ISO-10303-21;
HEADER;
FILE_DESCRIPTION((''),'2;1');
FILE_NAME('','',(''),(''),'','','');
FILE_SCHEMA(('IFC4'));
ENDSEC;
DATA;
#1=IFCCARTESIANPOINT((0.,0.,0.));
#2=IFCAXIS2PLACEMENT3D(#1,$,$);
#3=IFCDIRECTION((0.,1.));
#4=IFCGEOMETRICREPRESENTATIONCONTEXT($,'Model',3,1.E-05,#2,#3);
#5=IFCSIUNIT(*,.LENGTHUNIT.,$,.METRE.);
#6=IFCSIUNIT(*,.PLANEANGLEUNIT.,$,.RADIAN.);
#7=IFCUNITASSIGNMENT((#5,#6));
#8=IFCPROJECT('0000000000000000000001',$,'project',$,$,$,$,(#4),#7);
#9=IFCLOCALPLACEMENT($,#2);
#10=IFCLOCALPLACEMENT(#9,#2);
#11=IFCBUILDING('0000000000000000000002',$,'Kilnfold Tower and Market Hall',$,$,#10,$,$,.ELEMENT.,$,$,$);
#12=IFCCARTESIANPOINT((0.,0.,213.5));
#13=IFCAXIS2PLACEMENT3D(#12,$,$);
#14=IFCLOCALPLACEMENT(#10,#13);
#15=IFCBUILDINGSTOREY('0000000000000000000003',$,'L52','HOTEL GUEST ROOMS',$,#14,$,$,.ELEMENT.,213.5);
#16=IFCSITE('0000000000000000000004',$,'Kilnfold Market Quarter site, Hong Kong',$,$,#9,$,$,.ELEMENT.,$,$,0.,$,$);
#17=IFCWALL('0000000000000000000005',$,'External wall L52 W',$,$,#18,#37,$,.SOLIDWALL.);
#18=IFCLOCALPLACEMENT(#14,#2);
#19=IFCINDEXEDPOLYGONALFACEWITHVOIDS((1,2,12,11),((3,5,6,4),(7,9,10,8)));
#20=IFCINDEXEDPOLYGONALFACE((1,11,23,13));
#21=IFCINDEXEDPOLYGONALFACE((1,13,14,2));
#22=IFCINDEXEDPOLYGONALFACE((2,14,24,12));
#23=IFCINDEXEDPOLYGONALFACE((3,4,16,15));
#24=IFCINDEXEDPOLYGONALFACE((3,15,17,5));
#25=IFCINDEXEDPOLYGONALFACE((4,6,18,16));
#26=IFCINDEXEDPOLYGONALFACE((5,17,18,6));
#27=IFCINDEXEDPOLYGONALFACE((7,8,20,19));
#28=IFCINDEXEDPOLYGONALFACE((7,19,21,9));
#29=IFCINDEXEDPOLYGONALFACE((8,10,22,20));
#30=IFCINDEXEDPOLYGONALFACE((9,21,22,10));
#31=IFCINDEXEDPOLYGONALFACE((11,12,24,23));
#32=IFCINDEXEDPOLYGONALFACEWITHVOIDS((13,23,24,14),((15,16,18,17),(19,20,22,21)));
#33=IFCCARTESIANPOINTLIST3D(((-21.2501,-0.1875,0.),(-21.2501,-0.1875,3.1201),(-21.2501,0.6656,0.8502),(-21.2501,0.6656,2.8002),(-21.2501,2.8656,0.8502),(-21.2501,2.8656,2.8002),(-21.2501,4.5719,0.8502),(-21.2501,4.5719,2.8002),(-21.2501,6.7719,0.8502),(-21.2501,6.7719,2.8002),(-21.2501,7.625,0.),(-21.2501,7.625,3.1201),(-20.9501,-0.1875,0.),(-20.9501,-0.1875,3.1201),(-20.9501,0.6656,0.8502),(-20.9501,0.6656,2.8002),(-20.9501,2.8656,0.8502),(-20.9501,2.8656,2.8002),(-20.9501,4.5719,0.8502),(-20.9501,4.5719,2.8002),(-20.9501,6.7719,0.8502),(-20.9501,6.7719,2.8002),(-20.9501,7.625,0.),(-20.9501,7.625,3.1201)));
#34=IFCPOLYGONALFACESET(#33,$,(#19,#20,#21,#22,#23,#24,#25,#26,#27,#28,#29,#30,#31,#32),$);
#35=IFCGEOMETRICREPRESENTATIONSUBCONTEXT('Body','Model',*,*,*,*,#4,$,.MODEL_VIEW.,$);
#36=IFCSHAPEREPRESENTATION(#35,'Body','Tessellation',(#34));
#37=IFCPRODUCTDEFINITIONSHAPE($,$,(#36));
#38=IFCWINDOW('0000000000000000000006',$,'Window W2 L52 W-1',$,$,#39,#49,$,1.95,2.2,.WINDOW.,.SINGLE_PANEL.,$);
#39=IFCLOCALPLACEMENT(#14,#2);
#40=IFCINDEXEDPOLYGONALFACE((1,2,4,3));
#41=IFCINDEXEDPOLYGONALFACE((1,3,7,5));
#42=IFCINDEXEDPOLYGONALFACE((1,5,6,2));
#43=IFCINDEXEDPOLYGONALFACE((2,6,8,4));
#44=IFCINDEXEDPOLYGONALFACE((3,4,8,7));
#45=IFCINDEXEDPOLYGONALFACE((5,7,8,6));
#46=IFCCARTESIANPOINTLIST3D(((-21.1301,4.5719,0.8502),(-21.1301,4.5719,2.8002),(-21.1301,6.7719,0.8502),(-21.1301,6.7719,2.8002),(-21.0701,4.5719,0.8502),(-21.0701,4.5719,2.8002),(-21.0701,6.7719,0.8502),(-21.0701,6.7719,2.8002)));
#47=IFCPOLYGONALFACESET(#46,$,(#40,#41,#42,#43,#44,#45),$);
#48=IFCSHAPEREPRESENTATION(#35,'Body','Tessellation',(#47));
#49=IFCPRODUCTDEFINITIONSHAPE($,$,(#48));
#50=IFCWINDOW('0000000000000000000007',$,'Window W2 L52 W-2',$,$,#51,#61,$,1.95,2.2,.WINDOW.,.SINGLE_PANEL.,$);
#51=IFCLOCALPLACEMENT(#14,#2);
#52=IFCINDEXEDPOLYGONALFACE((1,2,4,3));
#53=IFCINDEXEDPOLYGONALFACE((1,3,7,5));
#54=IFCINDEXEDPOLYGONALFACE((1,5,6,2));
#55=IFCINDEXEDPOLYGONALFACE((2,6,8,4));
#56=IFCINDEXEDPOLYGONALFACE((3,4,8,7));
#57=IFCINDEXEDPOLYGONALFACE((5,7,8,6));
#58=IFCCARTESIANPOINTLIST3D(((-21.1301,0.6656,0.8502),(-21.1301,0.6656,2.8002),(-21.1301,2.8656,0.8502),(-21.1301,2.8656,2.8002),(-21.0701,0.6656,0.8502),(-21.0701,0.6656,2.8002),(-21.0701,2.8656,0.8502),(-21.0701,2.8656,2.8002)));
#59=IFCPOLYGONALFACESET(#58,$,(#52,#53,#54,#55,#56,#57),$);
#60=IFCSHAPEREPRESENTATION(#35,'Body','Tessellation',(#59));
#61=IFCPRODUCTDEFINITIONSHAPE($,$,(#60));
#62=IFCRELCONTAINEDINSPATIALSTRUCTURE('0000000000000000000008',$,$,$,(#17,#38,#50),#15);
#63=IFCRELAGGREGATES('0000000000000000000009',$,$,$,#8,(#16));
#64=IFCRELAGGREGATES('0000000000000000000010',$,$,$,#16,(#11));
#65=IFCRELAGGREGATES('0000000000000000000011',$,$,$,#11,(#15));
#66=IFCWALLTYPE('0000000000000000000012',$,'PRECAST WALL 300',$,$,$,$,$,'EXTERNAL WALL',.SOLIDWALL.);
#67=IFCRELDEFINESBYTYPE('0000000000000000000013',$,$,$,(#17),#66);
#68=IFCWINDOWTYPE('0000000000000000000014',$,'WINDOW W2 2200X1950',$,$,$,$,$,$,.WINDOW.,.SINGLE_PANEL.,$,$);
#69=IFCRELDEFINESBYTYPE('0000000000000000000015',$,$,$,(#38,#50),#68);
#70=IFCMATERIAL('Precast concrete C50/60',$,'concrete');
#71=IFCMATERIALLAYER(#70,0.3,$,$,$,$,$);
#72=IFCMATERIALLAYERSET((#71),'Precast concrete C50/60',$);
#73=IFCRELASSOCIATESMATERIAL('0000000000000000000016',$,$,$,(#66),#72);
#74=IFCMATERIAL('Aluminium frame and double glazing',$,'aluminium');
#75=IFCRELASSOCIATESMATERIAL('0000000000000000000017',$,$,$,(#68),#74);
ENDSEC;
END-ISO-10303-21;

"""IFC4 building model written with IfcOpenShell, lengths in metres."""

from ifc_helpers import new_model, si_unit, direction, frame, frame_2d, origin, place, context, subcontext, project, spatial, rectangle, extrude, source, transform, mapped, material, layer, layer_set, type_object, element, fill, save


model = new_model("IFC4")

# Units and contexts
model_context = context("Model", 3, precision=1e-05, world=origin(), true_north=direction((0.0, 1.0)))
body_context = subcontext(model_context, "Body", "Model", "MODEL_VIEW")
ifc_project = project(units=[si_unit("LENGTHUNIT", "METRE"), si_unit("PLANEANGLEUNIT", "RADIAN")], contexts=[model_context])

# Site, building, storey
site_placement = place(None, origin())
site = spatial("IfcSite", under=ifc_project, at=site_placement, Name="Kilnfold Market Quarter site, Hong Kong", CompositionType="ELEMENT", RefElevation=0.0)
building_placement = place(site_placement, origin())
building = spatial("IfcBuilding", under=site, at=building_placement, Name="Kilnfold Tower and Market Hall", CompositionType="ELEMENT")
storey_placement = place(building_placement, frame((0.0, 0.0, 213.5)))
storey = spatial("IfcBuildingStorey", under=building, at=storey_placement, Name="L52", Description="HOTEL GUEST ROOMS", CompositionType="ELEMENT", Elevation=213.5)

# Wall, openings, windows
ifc_material_1 = material(Name="Precast concrete C50/60", Category="concrete")
ifc_layer_1 = layer(ifc_material_1, 0.3)
ifc_layer_set_1 = layer_set([ifc_layer_1], Name="Precast concrete C50/60")
wall_type_1 = type_object("IfcWallType", Name="PRECAST WALL 300", ElementType="EXTERNAL WALL", PredefinedType="SOLIDWALL", material=ifc_layer_set_1)
shared_shape_1 = source(origin(), body_context, "Body", "SweptSolid", [
    extrude(rectangle(XDim=7.8125, YDim=0.3, at=frame_2d((3.9062, 0.0))), origin(), (0.0, 0.0, 1.0), 3.1201),
])
wall_1_placement = place(storey_placement, frame((-21.1001, 7.625, 0.0), z_axis=(0.0, 0.0, 1.0), x_axis=(0.0, -1.0, 0.0)))
wall_1 = element("IfcWall", 1, at=wall_1_placement, inside=storey, type_object=wall_type_1, Name="External wall L52 W", PredefinedType="SOLIDWALL", context=body_context, shape_type="MappedRepresentation", body=[
    mapped(shared_shape_1, transform((0.0, 0.0, 0.0))),
])
opening_1_placement = place(wall_1_placement, frame((0.853, 0.0, 0.8501)))
opening_1 = element("IfcOpeningElement", 2, at=opening_1_placement, cuts=wall_1, PredefinedType="OPENING", context=body_context, shape_type="SweptSolid", body=[
    extrude(rectangle(XDim=2.2, YDim=1.95, at=frame_2d((1.1001, 0.9751))), frame((0.0, 0.1602, 0.0), z_axis=(0.0, -1.0, 0.0), x_axis=(1.0, 0.0, 0.0)), (0.0, 0.0, 1.0), 0.3201),
])
opening_2_placement = place(wall_1_placement, frame((4.7593, 0.0, 0.8501)))
opening_2 = element("IfcOpeningElement", 3, at=opening_2_placement, cuts=wall_1, PredefinedType="OPENING", context=body_context, shape_type="SweptSolid", body=[
    extrude(rectangle(XDim=2.2, YDim=1.95, at=frame_2d((1.1001, 0.9751))), frame((0.0, 0.1602, 0.0), z_axis=(0.0, -1.0, 0.0), x_axis=(1.0, 0.0, 0.0)), (0.0, 0.0, 1.0), 0.3201),
])
ifc_material_2 = material(Name="Aluminium frame and double glazing", Category="aluminium")
window_type = type_object("IfcWindowType", Name="WINDOW W2 2200X1950", PartitioningType="SINGLE_PANEL", PredefinedType="WINDOW", material=ifc_material_2)
window_1_placement = place(opening_1_placement, origin())
window_1 = element("IfcWindow", 4, at=window_1_placement, inside=storey, type_object=window_type, Name="Window W2 L52 W-1", OverallHeight=1.95, OverallWidth=2.2, PartitioningType="SINGLE_PANEL", PredefinedType="WINDOW", context=body_context, shape_type="SweptSolid", body=[
    extrude(rectangle(XDim=2.2, YDim=1.95, at=frame_2d((1.1001, 0.9751))), frame((0.0, 0.03, 0.0), z_axis=(0.0, -1.0, 0.0), x_axis=(1.0, 0.0, 0.0)), (0.0, 0.0, 1.0), 0.0601),
])
fill(opening_1, window_1)
window_2_placement = place(opening_2_placement, origin())
window_2 = element("IfcWindow", 5, at=window_2_placement, inside=storey, type_object=window_type, Name="Window W2 L52 W-2", OverallHeight=1.95, OverallWidth=2.2, PartitioningType="SINGLE_PANEL", PredefinedType="WINDOW", context=body_context, shape_type="SweptSolid", body=[
    extrude(rectangle(XDim=2.2, YDim=1.95, at=frame_2d((1.1001, 0.9751))), frame((0.0, 0.03, 0.0), z_axis=(0.0, -1.0, 0.0), x_axis=(1.0, 0.0, 0.0)), (0.0, 0.0, 1.0), 0.0601),
])
fill(opening_2, window_2)

save(model, "model.ifc")
